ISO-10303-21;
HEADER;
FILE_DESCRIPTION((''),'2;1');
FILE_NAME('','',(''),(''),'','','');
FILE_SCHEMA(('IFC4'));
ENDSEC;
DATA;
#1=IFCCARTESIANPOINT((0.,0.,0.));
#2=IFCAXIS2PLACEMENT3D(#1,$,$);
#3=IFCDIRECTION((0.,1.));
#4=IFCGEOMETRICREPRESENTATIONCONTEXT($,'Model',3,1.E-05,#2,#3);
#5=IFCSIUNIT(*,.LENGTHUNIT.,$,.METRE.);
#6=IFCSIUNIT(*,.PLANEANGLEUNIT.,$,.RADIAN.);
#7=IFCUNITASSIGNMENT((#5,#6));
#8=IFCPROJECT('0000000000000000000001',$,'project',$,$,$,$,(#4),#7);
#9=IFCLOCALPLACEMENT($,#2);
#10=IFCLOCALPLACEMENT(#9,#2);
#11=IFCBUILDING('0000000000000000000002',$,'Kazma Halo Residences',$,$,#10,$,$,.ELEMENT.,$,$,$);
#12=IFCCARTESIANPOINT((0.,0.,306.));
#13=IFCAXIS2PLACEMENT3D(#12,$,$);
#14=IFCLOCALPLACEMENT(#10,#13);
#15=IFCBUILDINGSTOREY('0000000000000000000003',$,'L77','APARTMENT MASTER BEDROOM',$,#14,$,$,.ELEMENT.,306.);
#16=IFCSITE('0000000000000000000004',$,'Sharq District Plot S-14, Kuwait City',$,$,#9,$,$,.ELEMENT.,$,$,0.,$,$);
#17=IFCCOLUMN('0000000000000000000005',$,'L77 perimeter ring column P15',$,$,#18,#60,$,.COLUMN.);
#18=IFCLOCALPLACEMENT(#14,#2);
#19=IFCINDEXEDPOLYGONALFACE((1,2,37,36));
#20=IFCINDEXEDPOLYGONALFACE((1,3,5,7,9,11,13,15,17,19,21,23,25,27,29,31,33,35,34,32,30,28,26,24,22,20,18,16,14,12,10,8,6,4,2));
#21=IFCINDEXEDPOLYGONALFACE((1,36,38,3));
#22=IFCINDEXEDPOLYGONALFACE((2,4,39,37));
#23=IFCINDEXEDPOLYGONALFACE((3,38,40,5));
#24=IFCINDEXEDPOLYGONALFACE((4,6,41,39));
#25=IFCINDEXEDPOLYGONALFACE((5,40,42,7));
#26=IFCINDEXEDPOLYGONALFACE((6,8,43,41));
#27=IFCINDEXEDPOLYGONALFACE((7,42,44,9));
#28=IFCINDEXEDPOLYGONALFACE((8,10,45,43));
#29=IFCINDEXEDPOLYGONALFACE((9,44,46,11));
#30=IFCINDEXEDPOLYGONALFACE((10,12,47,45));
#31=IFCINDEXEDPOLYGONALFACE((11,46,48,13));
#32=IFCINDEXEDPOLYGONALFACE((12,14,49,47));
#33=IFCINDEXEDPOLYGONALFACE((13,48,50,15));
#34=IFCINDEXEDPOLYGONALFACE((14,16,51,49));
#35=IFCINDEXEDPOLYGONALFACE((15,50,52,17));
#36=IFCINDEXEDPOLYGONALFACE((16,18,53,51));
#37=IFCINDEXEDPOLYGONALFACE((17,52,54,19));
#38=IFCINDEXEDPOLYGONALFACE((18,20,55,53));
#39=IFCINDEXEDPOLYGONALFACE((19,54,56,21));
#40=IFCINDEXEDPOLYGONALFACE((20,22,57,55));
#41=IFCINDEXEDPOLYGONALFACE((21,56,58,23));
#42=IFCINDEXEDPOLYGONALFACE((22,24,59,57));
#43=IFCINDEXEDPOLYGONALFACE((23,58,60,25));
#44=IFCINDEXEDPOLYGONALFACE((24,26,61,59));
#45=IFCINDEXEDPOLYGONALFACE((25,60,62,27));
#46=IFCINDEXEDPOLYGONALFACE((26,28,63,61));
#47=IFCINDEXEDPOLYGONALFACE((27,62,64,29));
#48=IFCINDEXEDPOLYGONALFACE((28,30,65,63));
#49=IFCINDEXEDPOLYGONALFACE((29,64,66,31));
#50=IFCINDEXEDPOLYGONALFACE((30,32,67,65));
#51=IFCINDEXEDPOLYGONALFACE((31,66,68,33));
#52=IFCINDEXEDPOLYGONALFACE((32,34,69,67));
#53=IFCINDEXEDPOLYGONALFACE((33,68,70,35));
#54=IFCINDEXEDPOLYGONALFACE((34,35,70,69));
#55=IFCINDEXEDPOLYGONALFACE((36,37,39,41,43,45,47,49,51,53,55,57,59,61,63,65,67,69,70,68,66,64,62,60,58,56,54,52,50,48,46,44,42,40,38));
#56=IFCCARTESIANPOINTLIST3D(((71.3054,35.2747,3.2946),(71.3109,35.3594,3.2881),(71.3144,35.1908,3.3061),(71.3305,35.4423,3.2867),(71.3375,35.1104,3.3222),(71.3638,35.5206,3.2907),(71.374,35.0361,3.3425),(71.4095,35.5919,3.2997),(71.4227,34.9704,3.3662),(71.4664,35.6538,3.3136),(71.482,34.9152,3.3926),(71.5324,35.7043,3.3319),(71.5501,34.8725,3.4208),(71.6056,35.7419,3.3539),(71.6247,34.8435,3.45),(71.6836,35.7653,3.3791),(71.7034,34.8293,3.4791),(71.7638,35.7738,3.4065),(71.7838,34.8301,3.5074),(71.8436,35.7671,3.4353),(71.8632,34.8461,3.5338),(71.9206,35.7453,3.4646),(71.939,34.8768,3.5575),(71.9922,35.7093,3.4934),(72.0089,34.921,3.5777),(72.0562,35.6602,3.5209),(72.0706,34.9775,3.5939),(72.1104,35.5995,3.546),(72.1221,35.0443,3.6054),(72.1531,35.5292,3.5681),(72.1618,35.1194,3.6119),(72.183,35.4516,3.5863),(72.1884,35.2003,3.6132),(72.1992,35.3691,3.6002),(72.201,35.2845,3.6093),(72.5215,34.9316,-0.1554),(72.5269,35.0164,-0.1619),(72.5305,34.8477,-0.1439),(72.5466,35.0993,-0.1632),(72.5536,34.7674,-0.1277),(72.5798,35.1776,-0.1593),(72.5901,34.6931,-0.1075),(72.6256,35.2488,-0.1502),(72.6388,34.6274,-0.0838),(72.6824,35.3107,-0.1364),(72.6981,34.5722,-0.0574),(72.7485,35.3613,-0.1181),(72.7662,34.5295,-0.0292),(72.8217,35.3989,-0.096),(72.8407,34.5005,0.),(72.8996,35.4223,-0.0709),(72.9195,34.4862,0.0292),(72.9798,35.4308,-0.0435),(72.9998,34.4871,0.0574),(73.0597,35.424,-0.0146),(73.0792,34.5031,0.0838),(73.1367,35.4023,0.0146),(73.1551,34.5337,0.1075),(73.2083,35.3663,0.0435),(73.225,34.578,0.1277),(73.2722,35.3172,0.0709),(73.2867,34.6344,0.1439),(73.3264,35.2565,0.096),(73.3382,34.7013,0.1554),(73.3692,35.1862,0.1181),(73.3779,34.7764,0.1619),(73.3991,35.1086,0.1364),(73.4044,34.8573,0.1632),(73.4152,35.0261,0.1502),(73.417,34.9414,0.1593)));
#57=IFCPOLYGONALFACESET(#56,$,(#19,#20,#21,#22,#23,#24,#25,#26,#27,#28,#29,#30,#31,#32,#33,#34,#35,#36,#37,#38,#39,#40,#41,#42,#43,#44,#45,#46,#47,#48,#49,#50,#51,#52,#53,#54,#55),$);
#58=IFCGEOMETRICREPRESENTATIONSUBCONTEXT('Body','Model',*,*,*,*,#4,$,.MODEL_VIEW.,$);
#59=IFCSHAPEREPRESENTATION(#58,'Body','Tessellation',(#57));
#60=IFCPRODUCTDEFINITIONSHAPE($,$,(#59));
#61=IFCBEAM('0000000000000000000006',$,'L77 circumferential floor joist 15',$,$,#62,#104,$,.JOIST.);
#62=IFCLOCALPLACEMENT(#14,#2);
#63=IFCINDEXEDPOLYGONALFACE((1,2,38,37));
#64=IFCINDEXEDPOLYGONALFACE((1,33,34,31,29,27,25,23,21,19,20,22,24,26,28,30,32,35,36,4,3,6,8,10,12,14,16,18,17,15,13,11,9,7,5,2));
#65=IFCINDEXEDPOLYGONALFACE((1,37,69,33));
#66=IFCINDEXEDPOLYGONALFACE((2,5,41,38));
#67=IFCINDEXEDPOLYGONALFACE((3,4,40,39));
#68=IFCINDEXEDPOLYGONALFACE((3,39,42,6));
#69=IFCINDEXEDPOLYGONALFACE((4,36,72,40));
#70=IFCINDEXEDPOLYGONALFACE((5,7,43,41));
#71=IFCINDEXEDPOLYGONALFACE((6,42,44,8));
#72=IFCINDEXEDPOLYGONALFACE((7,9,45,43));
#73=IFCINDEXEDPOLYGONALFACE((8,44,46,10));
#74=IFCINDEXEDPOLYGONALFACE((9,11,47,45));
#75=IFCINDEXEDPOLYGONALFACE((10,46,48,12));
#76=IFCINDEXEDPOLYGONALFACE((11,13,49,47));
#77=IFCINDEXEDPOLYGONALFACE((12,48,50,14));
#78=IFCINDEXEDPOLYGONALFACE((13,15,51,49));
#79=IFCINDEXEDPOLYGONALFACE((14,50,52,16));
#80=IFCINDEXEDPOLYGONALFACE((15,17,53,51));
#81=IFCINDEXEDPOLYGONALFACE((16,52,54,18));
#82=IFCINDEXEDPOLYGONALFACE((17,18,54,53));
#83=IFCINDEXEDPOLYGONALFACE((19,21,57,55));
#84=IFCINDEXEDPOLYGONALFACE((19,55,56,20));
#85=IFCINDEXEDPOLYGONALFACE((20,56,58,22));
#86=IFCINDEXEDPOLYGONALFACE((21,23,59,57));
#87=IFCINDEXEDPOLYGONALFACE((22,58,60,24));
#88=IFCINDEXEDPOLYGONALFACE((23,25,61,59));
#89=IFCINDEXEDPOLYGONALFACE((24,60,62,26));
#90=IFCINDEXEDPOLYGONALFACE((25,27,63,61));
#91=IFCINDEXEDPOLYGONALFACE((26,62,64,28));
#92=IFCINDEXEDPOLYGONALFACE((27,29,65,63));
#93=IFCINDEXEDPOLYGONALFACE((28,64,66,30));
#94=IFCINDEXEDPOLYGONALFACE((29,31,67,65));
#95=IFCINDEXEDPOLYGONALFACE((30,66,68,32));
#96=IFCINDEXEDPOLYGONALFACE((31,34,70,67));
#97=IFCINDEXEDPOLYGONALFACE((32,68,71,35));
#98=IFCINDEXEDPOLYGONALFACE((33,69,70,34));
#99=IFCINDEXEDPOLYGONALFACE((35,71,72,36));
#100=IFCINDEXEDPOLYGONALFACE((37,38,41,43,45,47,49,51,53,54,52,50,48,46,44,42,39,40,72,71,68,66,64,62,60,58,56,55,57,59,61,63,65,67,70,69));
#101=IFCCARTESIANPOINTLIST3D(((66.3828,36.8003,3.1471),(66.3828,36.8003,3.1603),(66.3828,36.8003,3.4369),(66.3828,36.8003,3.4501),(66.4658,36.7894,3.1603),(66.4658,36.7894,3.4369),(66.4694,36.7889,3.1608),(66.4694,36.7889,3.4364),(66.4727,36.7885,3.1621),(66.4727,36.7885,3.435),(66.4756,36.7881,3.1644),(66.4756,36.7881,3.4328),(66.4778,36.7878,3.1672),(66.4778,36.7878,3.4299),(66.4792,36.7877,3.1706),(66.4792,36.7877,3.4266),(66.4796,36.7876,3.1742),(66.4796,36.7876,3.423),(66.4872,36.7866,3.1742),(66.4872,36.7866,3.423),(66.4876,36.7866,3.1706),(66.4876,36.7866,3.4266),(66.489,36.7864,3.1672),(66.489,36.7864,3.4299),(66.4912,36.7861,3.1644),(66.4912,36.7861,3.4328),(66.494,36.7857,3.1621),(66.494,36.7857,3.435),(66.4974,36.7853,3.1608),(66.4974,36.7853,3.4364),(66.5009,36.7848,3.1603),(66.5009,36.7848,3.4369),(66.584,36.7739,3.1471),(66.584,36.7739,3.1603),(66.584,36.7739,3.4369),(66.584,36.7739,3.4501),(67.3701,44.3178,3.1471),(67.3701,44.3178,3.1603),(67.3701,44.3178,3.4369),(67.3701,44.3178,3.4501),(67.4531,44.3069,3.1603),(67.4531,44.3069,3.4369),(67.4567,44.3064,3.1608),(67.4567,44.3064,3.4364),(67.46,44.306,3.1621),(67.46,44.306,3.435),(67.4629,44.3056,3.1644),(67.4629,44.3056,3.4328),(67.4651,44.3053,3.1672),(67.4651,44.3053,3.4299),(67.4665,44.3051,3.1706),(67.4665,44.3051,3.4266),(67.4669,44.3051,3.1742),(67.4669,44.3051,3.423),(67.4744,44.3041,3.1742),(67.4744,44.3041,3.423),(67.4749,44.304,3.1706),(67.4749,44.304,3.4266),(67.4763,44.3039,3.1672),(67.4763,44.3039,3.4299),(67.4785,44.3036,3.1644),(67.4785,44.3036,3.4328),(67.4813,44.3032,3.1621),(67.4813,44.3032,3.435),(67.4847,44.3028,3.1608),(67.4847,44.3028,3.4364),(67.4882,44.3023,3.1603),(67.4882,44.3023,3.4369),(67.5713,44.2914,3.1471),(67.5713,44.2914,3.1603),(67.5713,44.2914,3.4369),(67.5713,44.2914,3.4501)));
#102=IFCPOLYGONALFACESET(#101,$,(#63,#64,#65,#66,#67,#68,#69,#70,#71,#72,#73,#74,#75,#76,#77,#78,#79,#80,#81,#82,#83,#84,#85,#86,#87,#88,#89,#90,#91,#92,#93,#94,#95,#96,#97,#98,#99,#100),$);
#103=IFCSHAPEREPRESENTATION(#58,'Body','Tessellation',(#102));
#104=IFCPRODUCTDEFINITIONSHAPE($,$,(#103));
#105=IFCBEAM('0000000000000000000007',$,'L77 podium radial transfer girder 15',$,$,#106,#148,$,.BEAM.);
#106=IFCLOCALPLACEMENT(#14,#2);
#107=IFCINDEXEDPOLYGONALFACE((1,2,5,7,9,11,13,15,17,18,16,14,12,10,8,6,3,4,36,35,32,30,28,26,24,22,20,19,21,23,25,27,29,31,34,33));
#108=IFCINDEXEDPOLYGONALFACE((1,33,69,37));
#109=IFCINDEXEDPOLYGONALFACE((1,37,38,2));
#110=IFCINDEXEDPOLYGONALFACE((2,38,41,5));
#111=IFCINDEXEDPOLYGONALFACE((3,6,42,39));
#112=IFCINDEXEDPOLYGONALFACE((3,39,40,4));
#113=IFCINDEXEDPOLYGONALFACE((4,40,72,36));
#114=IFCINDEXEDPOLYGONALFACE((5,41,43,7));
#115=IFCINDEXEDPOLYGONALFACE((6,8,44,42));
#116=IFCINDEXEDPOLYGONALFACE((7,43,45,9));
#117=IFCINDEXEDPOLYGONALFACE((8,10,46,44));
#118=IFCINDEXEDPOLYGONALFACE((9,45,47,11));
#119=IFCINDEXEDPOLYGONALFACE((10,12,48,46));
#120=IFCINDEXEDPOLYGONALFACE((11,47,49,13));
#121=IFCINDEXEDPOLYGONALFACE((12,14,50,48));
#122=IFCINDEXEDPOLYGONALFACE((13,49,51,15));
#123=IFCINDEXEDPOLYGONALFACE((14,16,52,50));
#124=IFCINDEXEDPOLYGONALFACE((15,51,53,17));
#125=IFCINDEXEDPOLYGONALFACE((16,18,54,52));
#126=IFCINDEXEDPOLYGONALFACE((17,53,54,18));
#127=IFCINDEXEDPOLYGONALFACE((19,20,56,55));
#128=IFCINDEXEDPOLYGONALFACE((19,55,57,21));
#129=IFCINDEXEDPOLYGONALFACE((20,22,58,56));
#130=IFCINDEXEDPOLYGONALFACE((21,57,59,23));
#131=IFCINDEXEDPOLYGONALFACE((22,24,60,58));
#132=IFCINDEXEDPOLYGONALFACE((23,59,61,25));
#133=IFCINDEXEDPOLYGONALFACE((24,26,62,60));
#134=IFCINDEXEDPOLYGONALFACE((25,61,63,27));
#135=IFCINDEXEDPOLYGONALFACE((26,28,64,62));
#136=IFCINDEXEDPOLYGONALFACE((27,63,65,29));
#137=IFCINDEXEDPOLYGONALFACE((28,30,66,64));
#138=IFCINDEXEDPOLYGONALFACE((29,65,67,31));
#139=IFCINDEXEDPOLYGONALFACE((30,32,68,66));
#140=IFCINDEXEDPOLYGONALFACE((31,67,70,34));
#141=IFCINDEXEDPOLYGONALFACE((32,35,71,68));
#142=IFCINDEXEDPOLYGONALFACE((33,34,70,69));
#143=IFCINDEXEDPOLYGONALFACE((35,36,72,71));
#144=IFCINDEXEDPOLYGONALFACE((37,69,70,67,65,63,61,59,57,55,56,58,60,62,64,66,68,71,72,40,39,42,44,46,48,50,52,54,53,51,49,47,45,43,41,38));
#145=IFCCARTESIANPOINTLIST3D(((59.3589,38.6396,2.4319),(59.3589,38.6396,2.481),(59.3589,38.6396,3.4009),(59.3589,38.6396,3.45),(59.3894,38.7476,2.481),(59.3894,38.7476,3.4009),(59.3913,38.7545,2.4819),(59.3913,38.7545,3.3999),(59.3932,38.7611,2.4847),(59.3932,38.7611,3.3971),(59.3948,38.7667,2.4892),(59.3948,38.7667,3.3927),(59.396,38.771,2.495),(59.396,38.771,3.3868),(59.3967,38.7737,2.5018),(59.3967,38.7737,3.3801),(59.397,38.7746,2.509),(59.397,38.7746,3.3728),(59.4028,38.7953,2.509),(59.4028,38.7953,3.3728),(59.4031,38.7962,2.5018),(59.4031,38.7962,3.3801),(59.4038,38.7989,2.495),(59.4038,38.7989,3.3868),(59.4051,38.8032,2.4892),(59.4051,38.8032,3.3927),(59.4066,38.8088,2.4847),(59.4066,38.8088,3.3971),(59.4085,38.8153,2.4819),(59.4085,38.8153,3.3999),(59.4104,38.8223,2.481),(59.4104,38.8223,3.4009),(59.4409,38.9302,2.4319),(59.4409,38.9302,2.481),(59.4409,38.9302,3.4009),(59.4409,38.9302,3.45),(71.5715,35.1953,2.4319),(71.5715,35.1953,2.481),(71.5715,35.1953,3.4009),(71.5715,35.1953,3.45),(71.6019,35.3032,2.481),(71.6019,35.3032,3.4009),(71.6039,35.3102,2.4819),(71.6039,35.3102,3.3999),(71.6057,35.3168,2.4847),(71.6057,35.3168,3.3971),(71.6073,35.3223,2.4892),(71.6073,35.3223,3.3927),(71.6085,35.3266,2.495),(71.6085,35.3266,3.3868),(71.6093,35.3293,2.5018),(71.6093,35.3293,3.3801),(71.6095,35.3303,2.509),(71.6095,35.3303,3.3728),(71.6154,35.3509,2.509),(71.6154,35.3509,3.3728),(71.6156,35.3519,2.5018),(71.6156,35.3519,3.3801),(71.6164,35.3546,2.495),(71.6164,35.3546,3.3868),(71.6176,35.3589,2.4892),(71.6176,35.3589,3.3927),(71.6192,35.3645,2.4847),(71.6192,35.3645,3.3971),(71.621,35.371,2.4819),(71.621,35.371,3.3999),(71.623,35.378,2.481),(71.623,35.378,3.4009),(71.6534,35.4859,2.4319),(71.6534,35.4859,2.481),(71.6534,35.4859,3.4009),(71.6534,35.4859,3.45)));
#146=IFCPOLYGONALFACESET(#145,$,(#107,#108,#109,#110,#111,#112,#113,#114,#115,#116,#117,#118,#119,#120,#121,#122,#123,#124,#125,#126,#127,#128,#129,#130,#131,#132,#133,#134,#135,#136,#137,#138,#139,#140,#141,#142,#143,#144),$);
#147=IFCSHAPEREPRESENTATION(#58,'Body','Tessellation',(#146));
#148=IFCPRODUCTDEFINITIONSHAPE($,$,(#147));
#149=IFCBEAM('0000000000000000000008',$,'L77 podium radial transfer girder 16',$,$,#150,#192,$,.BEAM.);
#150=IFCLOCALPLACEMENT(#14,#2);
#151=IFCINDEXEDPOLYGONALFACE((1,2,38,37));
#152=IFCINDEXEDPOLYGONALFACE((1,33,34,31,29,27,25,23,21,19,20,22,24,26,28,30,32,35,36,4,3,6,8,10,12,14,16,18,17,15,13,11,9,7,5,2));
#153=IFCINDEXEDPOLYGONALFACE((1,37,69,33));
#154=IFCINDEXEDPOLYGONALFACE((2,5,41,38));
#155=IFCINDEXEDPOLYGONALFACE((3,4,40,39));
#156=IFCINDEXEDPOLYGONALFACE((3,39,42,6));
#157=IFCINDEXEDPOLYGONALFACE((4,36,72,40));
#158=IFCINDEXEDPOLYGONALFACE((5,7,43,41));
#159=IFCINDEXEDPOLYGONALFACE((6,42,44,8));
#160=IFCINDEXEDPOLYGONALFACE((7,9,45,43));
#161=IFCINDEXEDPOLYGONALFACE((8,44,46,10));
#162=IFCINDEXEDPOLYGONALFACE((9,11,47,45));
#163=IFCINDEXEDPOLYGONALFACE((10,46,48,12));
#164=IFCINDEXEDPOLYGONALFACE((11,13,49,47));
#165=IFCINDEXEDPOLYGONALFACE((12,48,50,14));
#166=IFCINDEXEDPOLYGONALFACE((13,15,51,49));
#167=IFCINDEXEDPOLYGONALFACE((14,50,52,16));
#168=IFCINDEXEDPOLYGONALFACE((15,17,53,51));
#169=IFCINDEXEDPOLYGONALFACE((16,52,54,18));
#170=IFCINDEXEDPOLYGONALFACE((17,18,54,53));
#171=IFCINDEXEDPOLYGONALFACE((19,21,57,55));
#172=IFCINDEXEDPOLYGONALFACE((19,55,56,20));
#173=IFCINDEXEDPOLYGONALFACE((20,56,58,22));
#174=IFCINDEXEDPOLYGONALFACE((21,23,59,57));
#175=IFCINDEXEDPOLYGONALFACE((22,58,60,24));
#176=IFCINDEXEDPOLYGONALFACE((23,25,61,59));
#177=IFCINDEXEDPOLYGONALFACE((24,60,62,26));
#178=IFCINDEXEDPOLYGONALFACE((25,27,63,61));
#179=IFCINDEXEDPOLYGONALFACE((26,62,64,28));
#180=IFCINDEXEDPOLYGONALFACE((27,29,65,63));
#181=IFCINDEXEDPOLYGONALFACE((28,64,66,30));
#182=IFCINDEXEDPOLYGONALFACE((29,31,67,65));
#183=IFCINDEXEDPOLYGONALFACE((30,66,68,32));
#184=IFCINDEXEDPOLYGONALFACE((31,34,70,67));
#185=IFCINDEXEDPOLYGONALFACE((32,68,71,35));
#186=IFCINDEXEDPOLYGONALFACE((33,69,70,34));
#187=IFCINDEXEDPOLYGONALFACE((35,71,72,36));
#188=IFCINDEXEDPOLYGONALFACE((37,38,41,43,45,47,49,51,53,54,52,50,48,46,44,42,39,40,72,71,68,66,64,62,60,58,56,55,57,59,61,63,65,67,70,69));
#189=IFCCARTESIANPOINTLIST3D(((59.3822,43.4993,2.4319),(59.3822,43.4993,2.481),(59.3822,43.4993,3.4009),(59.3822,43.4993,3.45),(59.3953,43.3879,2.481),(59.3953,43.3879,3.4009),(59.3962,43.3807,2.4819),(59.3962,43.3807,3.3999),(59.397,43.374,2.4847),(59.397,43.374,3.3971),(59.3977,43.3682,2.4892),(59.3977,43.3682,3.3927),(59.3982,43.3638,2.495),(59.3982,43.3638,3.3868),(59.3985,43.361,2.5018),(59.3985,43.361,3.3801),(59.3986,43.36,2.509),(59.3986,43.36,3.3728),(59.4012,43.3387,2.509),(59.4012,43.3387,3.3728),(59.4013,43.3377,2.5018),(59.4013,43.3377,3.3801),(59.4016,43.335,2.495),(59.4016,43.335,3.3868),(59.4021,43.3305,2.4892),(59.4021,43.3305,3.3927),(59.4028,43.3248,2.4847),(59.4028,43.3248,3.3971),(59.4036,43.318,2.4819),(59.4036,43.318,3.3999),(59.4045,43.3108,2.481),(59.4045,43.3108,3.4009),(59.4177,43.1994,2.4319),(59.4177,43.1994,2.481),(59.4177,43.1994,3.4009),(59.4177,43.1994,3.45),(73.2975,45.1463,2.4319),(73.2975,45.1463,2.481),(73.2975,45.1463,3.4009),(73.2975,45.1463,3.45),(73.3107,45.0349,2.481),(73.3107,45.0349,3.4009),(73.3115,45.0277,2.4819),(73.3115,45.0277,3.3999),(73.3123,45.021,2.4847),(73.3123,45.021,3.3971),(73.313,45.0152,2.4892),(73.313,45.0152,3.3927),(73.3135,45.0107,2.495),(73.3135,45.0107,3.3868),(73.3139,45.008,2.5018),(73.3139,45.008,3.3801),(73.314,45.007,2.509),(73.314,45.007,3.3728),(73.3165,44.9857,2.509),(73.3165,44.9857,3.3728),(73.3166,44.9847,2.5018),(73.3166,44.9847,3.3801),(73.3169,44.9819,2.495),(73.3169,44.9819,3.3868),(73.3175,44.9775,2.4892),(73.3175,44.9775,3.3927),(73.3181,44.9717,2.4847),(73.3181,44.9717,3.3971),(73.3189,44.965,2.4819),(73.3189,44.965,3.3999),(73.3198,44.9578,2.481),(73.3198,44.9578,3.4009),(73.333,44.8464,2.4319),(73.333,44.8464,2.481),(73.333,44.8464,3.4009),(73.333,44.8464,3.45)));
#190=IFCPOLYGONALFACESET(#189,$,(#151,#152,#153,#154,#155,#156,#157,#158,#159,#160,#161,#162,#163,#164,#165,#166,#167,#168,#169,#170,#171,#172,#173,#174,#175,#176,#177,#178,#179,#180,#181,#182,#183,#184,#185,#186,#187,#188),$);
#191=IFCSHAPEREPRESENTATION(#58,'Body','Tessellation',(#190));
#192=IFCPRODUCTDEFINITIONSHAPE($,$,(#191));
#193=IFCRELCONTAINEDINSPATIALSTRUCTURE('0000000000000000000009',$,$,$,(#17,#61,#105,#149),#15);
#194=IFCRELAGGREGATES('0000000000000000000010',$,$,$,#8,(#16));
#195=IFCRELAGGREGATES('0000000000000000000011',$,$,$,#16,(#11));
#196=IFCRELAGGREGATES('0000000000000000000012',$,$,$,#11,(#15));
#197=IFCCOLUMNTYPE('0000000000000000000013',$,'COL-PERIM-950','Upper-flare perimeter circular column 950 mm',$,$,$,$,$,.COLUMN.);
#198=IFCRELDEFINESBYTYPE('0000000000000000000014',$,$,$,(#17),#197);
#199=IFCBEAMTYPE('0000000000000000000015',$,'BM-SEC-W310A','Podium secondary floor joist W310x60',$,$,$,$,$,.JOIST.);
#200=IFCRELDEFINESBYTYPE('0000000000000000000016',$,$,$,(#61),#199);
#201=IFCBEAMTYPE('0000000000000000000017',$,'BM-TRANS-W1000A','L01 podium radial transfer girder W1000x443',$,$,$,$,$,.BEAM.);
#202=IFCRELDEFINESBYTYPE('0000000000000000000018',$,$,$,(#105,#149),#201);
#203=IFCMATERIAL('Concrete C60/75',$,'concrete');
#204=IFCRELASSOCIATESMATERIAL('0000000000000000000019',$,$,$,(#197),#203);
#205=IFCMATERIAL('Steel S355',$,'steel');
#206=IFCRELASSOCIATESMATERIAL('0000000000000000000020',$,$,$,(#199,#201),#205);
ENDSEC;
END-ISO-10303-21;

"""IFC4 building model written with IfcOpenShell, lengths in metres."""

from ifc_helpers import new_model, si_unit, direction, frame, origin, origin_2d, place, context, subcontext, project, spatial, circle, i_section, extrude, material, material_profile, profile_set, type_object, element, save


model = new_model("IFC4")

# Units and contexts
model_context = context("Model", 3, precision=1e-05, world=origin(), true_north=direction((0.0, 1.0)))
body_context = subcontext(model_context, "Body", "Model", "MODEL_VIEW")
ifc_project = project(units=[si_unit("LENGTHUNIT", "METRE"), si_unit("PLANEANGLEUNIT", "RADIAN")], contexts=[model_context])

# Site, building, storey
site_placement = place(None, origin())
site = spatial("IfcSite", under=ifc_project, at=site_placement, Name="Sharq District Plot S-14, Kuwait City", CompositionType="ELEMENT", RefElevation=0.0)
building_placement = place(site_placement, origin())
building = spatial("IfcBuilding", under=site, at=building_placement, Name="Kazma Halo Residences", CompositionType="ELEMENT")
storey_placement = place(building_placement, frame((0.0, 0.0, 306.0)))
storey = spatial("IfcBuildingStorey", under=building, at=storey_placement, Name="L77", Description="APARTMENT MASTER BEDROOM", CompositionType="ELEMENT", Elevation=306.0)

# Column
ifc_material_1 = material(Name="Concrete C60/75", Category="concrete")
ifc_material_profile_1 = material_profile(ifc_material_1, circle(Radius=0.4751, at=origin_2d()), Name="CIRC950")
ifc_profile_set_1 = profile_set([ifc_material_profile_1], Name="Concrete C60/75")
column_type = type_object("IfcColumnType", Name="COL-PERIM-950", Description="Upper-flare perimeter circular column 950 mm", PredefinedType="COLUMN", material=ifc_profile_set_1)
column_placement = place(storey_placement, frame((72.9697, 34.9578, 0.0), z_axis=(-0.330988, 0.093362, 0.939005), x_axis=(-0.271479, -0.962444, 0.0)))
element("IfcColumn", 1, at=column_placement, inside=storey, type_object=column_type, Name="L77 perimeter ring column P15", PredefinedType="COLUMN", context=body_context, shape_type="SweptSolid", body=[
    extrude(circle(Radius=0.4751, at=origin_2d()), origin(), (0.0, 0.0, 1.0), 3.6741),
])

# Beams
ifc_material_2 = material(Name="Steel S355", Category="steel")
ifc_material_profile_2 = material_profile(ifc_material_2, i_section(OverallWidth=0.2029, OverallDepth=0.303, WebThickness=0.0076, FlangeThickness=0.0132, FilletRadius=0.0139, at=origin_2d()), Name="W310x60")
ifc_profile_set_2 = profile_set([ifc_material_profile_2], Name="Steel S355")
beam_type_1 = type_object("IfcBeamType", Name="BM-SEC-W310A", Description="Podium secondary floor joist W310x60", PredefinedType="JOIST", material=ifc_profile_set_2)
beam_1_placement = place(storey_placement, frame((66.4834, 36.7871, 3.2986), z_axis=(0.130215, 0.991486, 0.0), x_axis=(-0.991486, 0.130215, 0.0)))
element("IfcBeam", 2, at=beam_1_placement, inside=storey, type_object=beam_type_1, Name="L77 circumferential floor joist 15", PredefinedType="JOIST", context=body_context, shape_type="SweptSolid", body=[
    extrude(i_section(OverallWidth=0.2029, OverallDepth=0.303, WebThickness=0.0076, FlangeThickness=0.0132, FilletRadius=0.0139, at=origin_2d()), origin(), (0.0, 0.0, 1.0), 7.582),
])
ifc_material_profile_3 = material_profile(ifc_material_2, i_section(OverallWidth=0.302, OverallDepth=1.0181, WebThickness=0.0215, FlangeThickness=0.0491, FilletRadius=0.0281, at=origin_2d()), Name="W1000x443")
ifc_profile_set_3 = profile_set([ifc_material_profile_3], Name="Steel S355")
beam_type_2 = type_object("IfcBeamType", Name="BM-TRANS-W1000A", Description="L01 podium radial transfer girder W1000x443", PredefinedType="BEAM", material=ifc_profile_set_3)
beam_2_placement = place(storey_placement, frame((59.3999, 38.7849, 2.9409), z_axis=(0.962455, -0.271441, 0.0), x_axis=(0.271441, 0.962455, 0.0)))
element("IfcBeam", 3, at=beam_2_placement, inside=storey, type_object=beam_type_2, Name="L77 podium radial transfer girder 15", PredefinedType="BEAM", context=body_context, shape_type="SweptSolid", body=[
    extrude(i_section(OverallWidth=0.302, OverallDepth=1.0181, WebThickness=0.0215, FlangeThickness=0.0491, FilletRadius=0.0281, at=origin_2d()), origin(), (0.0, 0.0, 1.0), 12.689),
])
beam_3_placement = place(storey_placement, frame((59.3999, 43.3494, 2.9409), z_axis=(0.993069, 0.117537, 0.0), x_axis=(-0.117537, 0.993069, 0.0)))
element("IfcBeam", 4, at=beam_3_placement, inside=storey, type_object=beam_type_2, Name="L77 podium radial transfer girder 16", PredefinedType="BEAM", context=body_context, shape_type="SweptSolid", body=[
    extrude(i_section(OverallWidth=0.302, OverallDepth=1.0181, WebThickness=0.0215, FlangeThickness=0.0491, FilletRadius=0.0281, at=origin_2d()), origin(), (0.0, 0.0, 1.0), 14.0125),
])

save(model, "model.ifc")
